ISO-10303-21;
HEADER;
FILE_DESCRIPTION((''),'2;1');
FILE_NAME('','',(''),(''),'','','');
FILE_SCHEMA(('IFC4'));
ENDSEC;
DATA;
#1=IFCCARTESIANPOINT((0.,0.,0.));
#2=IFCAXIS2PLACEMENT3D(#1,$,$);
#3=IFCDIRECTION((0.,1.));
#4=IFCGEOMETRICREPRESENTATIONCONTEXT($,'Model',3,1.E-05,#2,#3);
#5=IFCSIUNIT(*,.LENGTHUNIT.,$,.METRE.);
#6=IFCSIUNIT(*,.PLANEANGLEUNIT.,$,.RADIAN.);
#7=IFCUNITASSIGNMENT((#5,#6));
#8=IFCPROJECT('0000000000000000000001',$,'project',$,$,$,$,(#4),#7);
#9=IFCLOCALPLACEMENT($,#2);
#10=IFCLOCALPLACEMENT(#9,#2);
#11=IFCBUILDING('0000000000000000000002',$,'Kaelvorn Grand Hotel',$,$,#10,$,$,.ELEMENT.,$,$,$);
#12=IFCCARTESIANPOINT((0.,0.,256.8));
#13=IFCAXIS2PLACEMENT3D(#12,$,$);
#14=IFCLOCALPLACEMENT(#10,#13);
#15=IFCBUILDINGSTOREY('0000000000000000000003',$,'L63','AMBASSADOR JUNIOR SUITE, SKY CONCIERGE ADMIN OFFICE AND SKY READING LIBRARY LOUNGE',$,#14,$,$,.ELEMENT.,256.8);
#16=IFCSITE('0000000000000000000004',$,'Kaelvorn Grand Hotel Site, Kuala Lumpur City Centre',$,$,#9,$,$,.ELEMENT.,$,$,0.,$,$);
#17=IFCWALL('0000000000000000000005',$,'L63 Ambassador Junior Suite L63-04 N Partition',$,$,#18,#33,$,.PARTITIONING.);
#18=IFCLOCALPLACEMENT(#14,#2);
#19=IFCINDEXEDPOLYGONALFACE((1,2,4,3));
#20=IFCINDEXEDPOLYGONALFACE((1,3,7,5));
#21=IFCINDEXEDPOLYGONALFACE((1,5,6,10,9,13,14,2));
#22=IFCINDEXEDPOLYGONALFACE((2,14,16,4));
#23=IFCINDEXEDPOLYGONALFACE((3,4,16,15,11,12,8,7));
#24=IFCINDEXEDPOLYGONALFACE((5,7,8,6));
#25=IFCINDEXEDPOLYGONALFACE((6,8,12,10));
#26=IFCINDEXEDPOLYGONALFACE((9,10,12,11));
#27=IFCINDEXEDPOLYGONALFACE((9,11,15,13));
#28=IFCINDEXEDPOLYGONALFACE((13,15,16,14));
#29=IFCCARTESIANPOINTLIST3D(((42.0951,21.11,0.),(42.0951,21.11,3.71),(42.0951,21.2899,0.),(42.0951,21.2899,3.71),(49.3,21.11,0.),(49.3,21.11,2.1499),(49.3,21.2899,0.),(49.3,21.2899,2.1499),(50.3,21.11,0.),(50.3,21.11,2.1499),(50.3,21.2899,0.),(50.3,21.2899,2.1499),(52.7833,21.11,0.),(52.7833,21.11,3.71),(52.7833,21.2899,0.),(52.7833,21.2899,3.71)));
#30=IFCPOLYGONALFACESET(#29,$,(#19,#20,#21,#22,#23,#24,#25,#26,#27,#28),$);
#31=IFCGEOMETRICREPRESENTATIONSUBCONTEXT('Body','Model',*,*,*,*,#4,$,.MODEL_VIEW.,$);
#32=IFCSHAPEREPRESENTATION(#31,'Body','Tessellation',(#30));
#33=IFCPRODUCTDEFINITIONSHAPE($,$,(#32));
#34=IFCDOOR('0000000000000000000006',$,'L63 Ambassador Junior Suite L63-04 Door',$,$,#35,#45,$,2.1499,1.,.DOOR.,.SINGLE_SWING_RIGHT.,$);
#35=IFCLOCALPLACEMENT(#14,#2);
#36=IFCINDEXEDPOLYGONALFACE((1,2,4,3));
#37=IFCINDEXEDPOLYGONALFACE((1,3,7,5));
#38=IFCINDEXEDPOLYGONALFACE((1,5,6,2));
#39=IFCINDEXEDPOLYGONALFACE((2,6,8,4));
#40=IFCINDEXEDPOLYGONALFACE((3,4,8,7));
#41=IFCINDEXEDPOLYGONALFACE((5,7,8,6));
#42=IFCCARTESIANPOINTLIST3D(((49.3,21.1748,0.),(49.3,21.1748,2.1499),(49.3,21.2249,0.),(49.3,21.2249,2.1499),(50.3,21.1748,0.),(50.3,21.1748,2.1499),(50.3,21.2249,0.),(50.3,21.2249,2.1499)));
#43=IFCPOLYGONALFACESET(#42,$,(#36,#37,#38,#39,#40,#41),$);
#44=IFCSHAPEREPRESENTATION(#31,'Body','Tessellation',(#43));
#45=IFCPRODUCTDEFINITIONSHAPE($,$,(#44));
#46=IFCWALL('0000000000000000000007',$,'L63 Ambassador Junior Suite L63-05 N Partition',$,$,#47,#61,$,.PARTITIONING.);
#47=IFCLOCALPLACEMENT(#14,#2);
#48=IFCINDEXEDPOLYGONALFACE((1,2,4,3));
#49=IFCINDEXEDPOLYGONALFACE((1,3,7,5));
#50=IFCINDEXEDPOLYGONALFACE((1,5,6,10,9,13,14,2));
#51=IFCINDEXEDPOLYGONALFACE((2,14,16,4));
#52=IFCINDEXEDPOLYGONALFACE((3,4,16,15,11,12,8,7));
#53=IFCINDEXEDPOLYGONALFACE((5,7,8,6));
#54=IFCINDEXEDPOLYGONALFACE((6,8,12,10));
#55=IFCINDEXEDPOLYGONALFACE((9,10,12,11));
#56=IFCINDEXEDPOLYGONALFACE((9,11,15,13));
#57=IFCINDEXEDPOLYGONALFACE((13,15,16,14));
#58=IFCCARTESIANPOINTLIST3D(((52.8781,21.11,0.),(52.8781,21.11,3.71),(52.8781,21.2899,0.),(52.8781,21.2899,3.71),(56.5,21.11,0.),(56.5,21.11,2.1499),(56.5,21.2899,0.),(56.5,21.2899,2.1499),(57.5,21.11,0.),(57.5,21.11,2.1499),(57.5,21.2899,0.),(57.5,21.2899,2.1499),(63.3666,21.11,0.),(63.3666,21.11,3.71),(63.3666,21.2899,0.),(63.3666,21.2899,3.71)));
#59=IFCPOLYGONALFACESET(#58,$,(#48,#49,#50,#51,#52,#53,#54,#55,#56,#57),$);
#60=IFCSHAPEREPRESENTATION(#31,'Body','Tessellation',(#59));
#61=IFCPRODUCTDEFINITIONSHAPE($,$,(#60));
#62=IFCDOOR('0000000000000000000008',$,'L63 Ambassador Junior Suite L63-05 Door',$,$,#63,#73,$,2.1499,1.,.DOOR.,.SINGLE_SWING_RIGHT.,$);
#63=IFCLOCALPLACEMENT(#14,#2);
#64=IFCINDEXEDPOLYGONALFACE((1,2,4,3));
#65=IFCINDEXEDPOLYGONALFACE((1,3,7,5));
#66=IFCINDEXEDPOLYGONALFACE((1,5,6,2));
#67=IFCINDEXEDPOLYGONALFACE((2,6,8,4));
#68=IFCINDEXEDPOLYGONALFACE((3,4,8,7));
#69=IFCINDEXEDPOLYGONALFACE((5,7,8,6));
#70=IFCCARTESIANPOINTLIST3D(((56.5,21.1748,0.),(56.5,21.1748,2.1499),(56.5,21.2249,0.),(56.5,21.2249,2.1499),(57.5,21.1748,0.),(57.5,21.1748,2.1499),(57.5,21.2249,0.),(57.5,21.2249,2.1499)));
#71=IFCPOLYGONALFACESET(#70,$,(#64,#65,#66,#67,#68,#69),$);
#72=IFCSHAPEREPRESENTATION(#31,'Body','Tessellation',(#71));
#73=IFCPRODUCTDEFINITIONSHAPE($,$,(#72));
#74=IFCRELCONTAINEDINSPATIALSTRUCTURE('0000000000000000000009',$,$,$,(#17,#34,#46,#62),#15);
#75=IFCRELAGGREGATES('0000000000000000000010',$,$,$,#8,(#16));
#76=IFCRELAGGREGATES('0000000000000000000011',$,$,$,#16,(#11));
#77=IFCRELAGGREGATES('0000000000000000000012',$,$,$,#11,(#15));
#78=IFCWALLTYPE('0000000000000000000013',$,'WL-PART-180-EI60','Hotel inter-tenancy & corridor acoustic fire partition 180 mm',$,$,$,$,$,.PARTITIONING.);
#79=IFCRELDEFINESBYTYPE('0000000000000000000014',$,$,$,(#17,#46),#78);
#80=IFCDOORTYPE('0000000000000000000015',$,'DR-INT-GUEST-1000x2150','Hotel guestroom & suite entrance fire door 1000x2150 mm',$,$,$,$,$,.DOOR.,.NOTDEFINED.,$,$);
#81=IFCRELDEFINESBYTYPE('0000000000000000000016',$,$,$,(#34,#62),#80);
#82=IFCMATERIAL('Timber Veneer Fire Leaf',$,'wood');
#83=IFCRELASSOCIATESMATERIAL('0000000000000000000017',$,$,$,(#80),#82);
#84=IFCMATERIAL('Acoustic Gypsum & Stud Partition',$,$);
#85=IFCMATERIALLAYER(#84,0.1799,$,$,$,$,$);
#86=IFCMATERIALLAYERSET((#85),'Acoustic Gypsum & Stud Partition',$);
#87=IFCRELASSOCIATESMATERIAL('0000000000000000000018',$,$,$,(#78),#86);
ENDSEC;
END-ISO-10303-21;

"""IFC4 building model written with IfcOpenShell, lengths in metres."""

from ifc_helpers import new_model, si_unit, direction, frame, frame_2d, origin, place, context, subcontext, project, spatial, rectangle, extrude, material, layer, layer_set, type_object, element, fill, save


model = new_model("IFC4")

# Units and contexts
model_context = context("Model", 3, precision=1e-05, world=origin(), true_north=direction((0.0, 1.0)))
body_context = subcontext(model_context, "Body", "Model", "MODEL_VIEW")
ifc_project = project(units=[si_unit("LENGTHUNIT", "METRE"), si_unit("PLANEANGLEUNIT", "RADIAN")], contexts=[model_context])

# Site, building, storey
site_placement = place(None, origin())
site = spatial("IfcSite", under=ifc_project, at=site_placement, Name="Kaelvorn Grand Hotel Site, Kuala Lumpur City Centre", CompositionType="ELEMENT", RefElevation=0.0)
building_placement = place(site_placement, origin())
building = spatial("IfcBuilding", under=site, at=building_placement, Name="Kaelvorn Grand Hotel", CompositionType="ELEMENT")
storey_placement = place(building_placement, frame((0.0, 0.0, 256.8)))
storey = spatial("IfcBuildingStorey", under=building, at=storey_placement, Name="L63", Description="AMBASSADOR JUNIOR SUITE, SKY CONCIERGE ADMIN OFFICE AND SKY READING LIBRARY LOUNGE", CompositionType="ELEMENT", Elevation=256.8)

# Shared definitions
ifc_material_1 = material(Name="Acoustic Gypsum & Stud Partition")

# Shared definitions
ifc_material_2 = material(Name="Timber Veneer Fire Leaf", Category="wood")
door_type_1 = type_object("IfcDoorType", Name="DR-INT-GUEST-1000x2150", Description="Hotel guestroom & suite entrance fire door 1000x2150 mm", OperationType="NOTDEFINED", PredefinedType="DOOR", material=ifc_material_2)

# Walls, openings, doors
ifc_layer_1 = layer(ifc_material_1, 0.1799)
ifc_layer_set_1 = layer_set([ifc_layer_1], Name="Acoustic Gypsum & Stud Partition")
wall_type_1 = type_object("IfcWallType", Name="WL-PART-180-EI60", Description="Hotel inter-tenancy & corridor acoustic fire partition 180 mm", PredefinedType="PARTITIONING", material=ifc_layer_set_1)
wall_1_placement = place(storey_placement, frame((42.095, 21.2, 0.0), z_axis=(0.0, 0.0, 1.0), x_axis=(1.0, 0.0, 0.0)))
wall_1 = element("IfcWall", 1, at=wall_1_placement, inside=storey, type_object=wall_type_1, Name="L63 Ambassador Junior Suite L63-04 N Partition", PredefinedType="PARTITIONING", context=body_context, shape_type="SweptSolid", body=[
    extrude(rectangle(XDim=10.6882, YDim=0.1799, at=frame_2d((5.3442, 0.0))), origin(), (0.0, 0.0, 1.0), 3.71),
])
opening_1_placement = place(wall_1_placement, frame((7.2051, 0.0, 0.0)))
opening_1 = element("IfcOpeningElement", 2, at=opening_1_placement, cuts=wall_1, PredefinedType="OPENING", context=body_context, shape_type="SweptSolid", body=[
    extrude(rectangle(XDim=1.0, YDim=2.1499, at=frame_2d((0.5, 1.075))), frame((0.0, 0.1001, 0.0), z_axis=(0.0, -1.0, 0.0), x_axis=(1.0, 0.0, 0.0)), (0.0, 0.0, 1.0), 0.2),
])
door_1_placement = place(opening_1_placement, origin())
door_1 = element("IfcDoor", 3, at=door_1_placement, inside=storey, type_object=door_type_1, Name="L63 Ambassador Junior Suite L63-04 Door", OperationType="SINGLE_SWING_RIGHT", OverallHeight=2.1499, OverallWidth=1.0, PredefinedType="DOOR", context=body_context, shape_type="SweptSolid", body=[
    extrude(rectangle(XDim=1.0, YDim=2.1499, at=frame_2d((0.5, 1.075))), frame((0.0, 0.0249, 0.0), z_axis=(0.0, -1.0, 0.0), x_axis=(1.0, 0.0, 0.0)), (0.0, 0.0, 1.0), 0.05),
])
fill(opening_1, door_1)
wall_2_placement = place(storey_placement, frame((52.8782, 21.2, 0.0), z_axis=(0.0, 0.0, 1.0), x_axis=(1.0, 0.0, 0.0)))
wall_2 = element("IfcWall", 4, at=wall_2_placement, inside=storey, type_object=wall_type_1, Name="L63 Ambassador Junior Suite L63-05 N Partition", PredefinedType="PARTITIONING", context=body_context, shape_type="SweptSolid", body=[
    extrude(rectangle(XDim=10.4885, YDim=0.1799, at=frame_2d((5.2441, 0.0))), origin(), (0.0, 0.0, 1.0), 3.71),
])
opening_2_placement = place(wall_2_placement, frame((3.6218, 0.0, 0.0)))
opening_2 = element("IfcOpeningElement", 5, at=opening_2_placement, cuts=wall_2, PredefinedType="OPENING", context=body_context, shape_type="SweptSolid", body=[
    extrude(rectangle(XDim=1.0, YDim=2.1499, at=frame_2d((0.5, 1.075))), frame((0.0, 0.1001, 0.0), z_axis=(0.0, -1.0, 0.0), x_axis=(1.0, 0.0, 0.0)), (0.0, 0.0, 1.0), 0.2),
])
door_2_placement = place(opening_2_placement, origin())
door_2 = element("IfcDoor", 6, at=door_2_placement, inside=storey, type_object=door_type_1, Name="L63 Ambassador Junior Suite L63-05 Door", OperationType="SINGLE_SWING_RIGHT", OverallHeight=2.1499, OverallWidth=1.0, PredefinedType="DOOR", context=body_context, shape_type="SweptSolid", body=[
    extrude(rectangle(XDim=1.0, YDim=2.1499, at=frame_2d((0.5, 1.075))), frame((0.0, 0.0249, 0.0), z_axis=(0.0, -1.0, 0.0), x_axis=(1.0, 0.0, 0.0)), (0.0, 0.0, 1.0), 0.05),
])
fill(opening_2, door_2)

save(model, "model.ifc")
